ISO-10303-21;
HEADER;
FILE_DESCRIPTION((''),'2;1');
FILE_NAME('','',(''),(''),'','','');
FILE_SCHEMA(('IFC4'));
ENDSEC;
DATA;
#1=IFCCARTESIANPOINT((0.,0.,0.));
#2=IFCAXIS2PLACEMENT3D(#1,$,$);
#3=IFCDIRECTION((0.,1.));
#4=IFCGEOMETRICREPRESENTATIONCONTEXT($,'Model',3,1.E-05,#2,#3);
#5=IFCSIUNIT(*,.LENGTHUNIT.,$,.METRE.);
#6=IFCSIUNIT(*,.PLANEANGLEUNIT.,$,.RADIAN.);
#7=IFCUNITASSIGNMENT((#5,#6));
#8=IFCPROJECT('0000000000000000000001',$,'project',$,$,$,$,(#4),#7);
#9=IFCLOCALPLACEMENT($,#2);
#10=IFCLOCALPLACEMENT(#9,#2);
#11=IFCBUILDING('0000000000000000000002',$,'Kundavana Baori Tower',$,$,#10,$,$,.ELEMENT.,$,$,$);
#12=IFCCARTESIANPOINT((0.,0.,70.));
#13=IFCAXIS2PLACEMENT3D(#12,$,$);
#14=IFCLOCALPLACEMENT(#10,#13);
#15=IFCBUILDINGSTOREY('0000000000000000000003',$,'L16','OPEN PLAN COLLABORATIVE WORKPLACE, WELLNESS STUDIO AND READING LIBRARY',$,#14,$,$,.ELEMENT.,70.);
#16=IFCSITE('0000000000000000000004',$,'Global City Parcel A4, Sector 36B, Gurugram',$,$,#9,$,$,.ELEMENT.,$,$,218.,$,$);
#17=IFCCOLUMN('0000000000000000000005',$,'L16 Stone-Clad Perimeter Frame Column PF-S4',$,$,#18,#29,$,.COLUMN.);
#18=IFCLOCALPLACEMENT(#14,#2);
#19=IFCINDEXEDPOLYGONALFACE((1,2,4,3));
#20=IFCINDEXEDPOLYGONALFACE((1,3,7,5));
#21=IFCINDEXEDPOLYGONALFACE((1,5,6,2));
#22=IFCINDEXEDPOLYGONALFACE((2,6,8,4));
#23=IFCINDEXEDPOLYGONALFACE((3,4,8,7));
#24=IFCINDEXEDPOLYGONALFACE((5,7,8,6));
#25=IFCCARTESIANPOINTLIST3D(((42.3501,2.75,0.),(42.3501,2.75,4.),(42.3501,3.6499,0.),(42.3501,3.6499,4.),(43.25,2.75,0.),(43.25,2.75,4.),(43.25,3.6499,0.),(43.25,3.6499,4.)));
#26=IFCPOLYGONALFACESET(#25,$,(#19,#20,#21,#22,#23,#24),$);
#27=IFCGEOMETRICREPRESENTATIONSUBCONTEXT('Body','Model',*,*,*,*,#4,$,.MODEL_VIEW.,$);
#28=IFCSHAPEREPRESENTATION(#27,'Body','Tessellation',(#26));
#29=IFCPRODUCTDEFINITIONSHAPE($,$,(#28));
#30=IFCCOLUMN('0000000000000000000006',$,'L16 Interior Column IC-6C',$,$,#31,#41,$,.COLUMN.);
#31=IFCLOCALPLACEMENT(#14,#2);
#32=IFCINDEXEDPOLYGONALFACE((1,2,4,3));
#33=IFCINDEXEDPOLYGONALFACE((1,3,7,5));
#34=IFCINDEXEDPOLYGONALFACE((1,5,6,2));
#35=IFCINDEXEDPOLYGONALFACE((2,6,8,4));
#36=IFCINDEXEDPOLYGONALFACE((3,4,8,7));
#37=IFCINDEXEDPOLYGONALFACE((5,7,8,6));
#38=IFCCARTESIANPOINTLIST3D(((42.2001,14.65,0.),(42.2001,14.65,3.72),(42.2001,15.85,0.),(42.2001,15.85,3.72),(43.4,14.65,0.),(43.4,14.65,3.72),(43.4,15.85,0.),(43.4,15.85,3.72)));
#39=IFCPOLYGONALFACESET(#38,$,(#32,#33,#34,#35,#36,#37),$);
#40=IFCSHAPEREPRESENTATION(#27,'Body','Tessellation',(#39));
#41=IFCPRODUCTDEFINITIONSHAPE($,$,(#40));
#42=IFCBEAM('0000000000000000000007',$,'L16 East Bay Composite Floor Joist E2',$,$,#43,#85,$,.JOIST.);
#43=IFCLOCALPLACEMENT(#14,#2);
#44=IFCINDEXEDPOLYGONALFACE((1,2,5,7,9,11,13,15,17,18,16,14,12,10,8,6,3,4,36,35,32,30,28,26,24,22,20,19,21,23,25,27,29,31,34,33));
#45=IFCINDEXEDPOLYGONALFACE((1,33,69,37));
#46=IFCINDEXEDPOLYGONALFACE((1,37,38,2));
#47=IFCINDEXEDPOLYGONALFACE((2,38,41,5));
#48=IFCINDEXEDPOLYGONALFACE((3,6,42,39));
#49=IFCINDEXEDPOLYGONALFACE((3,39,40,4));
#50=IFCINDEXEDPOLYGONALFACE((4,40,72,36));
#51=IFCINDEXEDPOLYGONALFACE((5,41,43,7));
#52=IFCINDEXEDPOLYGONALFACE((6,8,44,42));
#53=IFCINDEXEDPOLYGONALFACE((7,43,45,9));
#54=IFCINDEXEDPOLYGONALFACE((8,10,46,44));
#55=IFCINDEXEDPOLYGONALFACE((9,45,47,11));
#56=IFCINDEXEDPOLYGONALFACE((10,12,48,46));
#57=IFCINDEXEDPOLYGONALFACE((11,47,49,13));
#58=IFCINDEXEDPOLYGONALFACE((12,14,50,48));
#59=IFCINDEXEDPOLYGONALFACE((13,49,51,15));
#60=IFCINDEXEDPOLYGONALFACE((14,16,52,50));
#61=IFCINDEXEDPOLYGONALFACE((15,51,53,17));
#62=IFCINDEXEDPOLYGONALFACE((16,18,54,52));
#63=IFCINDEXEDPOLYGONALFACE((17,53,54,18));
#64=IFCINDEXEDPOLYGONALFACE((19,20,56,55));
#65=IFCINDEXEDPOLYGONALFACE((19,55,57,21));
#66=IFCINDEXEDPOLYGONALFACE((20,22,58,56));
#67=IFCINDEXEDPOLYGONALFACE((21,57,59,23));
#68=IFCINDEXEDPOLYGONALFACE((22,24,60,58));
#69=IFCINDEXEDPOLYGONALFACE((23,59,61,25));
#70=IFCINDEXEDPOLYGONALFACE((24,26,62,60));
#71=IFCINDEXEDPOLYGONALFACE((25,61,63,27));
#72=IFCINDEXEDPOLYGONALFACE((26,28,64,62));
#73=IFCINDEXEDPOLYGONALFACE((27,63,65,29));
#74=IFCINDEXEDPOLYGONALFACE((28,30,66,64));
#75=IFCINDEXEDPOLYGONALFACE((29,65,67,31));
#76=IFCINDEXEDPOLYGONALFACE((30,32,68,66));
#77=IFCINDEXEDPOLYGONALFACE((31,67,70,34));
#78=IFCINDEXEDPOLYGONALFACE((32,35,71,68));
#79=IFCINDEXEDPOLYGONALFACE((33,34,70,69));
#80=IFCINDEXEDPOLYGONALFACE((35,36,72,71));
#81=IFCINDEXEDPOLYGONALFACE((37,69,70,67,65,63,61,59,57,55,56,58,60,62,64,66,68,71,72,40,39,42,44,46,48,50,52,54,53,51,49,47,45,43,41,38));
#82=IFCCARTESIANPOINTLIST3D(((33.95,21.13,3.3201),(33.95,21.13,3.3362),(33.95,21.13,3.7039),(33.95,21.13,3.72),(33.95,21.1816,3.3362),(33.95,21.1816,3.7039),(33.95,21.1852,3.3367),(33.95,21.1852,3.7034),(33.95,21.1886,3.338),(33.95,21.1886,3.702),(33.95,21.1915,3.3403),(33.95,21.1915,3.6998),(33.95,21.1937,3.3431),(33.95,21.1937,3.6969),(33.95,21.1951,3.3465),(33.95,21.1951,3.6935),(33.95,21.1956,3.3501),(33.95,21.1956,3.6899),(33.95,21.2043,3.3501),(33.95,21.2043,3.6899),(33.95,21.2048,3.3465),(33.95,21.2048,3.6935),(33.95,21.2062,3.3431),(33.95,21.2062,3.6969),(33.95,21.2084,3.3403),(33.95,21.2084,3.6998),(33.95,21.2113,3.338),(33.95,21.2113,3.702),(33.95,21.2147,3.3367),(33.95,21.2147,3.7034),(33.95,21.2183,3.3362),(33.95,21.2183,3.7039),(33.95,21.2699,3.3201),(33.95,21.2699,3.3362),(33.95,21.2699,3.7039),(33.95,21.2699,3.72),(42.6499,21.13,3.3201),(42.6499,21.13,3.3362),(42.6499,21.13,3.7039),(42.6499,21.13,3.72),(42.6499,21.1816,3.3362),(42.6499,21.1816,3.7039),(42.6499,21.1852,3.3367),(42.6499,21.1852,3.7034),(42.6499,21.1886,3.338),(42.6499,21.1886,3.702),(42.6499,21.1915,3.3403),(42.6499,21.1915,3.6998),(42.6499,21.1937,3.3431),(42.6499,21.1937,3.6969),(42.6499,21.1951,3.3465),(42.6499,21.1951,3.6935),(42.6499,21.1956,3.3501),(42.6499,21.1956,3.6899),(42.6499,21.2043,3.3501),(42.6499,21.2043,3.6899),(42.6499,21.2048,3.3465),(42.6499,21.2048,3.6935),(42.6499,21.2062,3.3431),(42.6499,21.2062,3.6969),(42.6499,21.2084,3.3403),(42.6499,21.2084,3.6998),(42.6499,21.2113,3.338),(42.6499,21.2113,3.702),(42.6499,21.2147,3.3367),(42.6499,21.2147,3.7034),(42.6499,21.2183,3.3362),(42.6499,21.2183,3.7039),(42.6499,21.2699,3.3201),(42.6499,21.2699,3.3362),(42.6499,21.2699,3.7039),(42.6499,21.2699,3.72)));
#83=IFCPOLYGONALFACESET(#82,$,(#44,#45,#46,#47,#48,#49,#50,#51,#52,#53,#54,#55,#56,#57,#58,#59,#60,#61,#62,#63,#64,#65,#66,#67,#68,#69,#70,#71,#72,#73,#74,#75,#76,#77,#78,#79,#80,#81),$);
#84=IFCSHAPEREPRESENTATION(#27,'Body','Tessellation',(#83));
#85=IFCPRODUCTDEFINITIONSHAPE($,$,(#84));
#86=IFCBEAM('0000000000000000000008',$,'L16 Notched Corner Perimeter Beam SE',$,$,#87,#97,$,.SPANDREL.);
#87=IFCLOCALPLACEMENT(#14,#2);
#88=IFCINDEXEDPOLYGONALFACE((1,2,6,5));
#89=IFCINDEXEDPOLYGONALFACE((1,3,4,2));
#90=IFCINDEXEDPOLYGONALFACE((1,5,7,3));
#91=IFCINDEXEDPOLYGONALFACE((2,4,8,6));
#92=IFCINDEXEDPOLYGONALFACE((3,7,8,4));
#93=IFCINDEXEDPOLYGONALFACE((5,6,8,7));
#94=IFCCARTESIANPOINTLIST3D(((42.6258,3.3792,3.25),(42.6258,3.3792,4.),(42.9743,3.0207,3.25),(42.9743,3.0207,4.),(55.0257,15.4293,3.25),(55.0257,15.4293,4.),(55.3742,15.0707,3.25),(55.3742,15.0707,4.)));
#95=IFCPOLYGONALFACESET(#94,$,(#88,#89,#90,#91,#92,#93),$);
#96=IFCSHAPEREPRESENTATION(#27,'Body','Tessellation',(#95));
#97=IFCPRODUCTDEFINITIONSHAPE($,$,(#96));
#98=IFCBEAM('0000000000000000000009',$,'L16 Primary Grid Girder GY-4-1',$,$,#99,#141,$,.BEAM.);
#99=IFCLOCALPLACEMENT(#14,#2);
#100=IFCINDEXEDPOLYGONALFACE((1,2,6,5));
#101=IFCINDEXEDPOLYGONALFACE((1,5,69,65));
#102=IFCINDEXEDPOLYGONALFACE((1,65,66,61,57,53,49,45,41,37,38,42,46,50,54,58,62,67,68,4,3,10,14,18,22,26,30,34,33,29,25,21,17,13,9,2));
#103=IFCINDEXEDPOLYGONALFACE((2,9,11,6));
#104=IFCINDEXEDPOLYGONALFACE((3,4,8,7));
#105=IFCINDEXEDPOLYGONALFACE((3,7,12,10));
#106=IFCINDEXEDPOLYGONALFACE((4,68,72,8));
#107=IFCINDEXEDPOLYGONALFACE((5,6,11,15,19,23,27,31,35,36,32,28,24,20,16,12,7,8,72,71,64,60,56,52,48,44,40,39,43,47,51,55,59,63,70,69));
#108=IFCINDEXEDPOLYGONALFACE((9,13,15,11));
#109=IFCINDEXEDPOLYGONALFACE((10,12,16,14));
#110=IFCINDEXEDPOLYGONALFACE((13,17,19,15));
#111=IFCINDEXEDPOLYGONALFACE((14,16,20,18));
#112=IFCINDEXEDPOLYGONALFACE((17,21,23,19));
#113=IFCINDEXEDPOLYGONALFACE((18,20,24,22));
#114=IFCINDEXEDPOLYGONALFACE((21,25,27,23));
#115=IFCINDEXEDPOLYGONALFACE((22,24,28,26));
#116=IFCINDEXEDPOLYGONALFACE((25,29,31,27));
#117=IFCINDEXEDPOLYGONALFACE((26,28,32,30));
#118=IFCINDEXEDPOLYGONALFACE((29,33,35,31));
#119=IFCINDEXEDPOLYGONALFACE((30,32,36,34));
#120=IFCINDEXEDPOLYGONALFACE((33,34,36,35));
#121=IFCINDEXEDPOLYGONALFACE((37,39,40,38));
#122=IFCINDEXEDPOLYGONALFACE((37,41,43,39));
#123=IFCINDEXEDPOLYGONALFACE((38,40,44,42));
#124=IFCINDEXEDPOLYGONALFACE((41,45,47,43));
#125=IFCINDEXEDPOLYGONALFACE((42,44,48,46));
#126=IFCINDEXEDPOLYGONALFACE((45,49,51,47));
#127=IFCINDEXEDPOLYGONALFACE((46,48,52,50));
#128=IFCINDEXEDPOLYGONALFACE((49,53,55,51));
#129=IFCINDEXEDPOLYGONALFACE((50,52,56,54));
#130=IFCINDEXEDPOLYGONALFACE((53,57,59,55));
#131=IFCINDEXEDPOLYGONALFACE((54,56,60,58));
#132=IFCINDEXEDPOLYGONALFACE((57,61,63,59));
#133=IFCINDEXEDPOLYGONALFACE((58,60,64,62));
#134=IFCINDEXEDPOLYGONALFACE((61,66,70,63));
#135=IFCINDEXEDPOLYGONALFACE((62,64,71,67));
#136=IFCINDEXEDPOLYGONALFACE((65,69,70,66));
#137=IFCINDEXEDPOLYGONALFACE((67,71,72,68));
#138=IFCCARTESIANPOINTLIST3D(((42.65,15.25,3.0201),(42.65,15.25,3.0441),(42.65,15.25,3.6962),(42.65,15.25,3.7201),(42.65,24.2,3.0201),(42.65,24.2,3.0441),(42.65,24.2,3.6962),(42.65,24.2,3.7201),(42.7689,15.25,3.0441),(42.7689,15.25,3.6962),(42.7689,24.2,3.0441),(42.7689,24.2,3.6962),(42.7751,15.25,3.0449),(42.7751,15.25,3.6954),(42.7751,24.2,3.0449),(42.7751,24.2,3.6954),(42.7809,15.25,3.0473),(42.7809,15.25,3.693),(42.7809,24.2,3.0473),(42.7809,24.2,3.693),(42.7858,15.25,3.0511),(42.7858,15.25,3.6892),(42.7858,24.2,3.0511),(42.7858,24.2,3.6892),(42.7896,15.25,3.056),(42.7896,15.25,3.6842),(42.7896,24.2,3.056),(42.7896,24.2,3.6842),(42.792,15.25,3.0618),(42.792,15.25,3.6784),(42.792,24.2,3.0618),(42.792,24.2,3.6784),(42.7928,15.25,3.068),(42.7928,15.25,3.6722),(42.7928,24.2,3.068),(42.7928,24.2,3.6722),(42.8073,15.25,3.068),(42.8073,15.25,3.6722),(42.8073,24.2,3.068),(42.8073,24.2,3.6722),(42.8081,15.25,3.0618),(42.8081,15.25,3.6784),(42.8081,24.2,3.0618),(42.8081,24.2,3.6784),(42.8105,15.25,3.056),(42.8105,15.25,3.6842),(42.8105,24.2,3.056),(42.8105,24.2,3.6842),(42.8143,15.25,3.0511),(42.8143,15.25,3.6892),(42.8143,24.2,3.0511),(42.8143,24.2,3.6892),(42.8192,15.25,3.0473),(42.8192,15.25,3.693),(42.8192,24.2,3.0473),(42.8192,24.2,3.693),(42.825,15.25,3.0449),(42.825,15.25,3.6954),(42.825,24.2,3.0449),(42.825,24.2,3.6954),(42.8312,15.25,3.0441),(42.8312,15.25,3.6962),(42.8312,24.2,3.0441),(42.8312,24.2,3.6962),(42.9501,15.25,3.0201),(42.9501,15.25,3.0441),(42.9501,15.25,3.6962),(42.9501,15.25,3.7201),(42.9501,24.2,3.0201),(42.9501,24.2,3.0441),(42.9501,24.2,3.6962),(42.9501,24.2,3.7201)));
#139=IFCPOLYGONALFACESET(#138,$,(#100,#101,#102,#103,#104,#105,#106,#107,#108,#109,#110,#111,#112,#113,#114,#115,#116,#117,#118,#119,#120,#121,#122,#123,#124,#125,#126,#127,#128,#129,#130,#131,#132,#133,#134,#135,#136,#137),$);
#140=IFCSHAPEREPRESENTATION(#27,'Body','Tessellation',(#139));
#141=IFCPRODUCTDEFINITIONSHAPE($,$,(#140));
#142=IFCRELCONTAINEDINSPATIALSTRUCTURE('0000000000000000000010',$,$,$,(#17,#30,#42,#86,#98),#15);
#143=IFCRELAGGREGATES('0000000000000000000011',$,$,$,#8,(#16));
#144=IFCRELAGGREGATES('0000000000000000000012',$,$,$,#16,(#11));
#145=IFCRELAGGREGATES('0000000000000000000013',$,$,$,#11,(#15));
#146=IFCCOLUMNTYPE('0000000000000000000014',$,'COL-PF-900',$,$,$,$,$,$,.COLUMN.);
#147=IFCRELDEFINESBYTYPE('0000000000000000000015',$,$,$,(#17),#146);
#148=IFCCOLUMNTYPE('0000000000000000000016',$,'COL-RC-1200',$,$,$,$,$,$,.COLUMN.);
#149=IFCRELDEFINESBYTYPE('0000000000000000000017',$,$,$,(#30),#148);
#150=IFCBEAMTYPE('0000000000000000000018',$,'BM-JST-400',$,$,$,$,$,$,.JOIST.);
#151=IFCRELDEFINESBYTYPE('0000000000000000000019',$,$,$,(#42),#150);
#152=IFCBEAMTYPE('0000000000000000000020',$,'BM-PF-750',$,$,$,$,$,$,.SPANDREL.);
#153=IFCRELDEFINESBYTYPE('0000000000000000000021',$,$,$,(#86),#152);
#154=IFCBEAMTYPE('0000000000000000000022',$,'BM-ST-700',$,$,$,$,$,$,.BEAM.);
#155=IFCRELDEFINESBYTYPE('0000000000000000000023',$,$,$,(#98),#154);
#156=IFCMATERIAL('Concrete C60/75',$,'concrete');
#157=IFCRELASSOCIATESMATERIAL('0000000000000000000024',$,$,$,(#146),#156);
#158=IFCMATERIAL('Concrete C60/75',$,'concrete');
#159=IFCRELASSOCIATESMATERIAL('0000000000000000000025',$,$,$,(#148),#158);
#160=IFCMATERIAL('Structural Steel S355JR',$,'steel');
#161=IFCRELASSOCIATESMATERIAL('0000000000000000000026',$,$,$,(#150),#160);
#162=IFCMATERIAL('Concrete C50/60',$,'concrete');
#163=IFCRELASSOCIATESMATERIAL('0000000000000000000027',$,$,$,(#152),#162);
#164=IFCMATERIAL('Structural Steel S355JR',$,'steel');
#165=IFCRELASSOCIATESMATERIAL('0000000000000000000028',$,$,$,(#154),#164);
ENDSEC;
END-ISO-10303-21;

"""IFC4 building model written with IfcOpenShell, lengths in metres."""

from ifc_helpers import new_model, si_unit, direction, frame, origin, origin_2d, place, context, subcontext, project, spatial, rectangle, i_section, extrude, material, material_profile, profile_set, type_object, element, save


model = new_model("IFC4")

# Units and contexts
model_context = context("Model", 3, precision=1e-05, world=origin(), true_north=direction((0.0, 1.0)))
body_context = subcontext(model_context, "Body", "Model", "MODEL_VIEW")
ifc_project = project(units=[si_unit("LENGTHUNIT", "METRE"), si_unit("PLANEANGLEUNIT", "RADIAN")], contexts=[model_context])

# Site, building, storey
site_placement = place(None, origin())
site = spatial("IfcSite", under=ifc_project, at=site_placement, Name="Global City Parcel A4, Sector 36B, Gurugram", CompositionType="ELEMENT", RefElevation=218.0)
building_placement = place(site_placement, origin())
building = spatial("IfcBuilding", under=site, at=building_placement, Name="Kundavana Baori Tower", CompositionType="ELEMENT")
storey_placement = place(building_placement, frame((0.0, 0.0, 70.0)))
storey = spatial("IfcBuildingStorey", under=building, at=storey_placement, Name="L16", Description="OPEN PLAN COLLABORATIVE WORKPLACE, WELLNESS STUDIO AND READING LIBRARY", CompositionType="ELEMENT", Elevation=70.0)

# Columns
ifc_material_1 = material(Name="Concrete C60/75", Category="concrete")
ifc_material_profile_1 = material_profile(ifc_material_1, rectangle(XDim=0.8999, YDim=0.8999, at=origin_2d()), Name="RC PF 900x900")
ifc_profile_set_1 = profile_set([ifc_material_profile_1], Name="Concrete C60/75")
column_type_1 = type_object("IfcColumnType", Name="COL-PF-900", PredefinedType="COLUMN", material=ifc_profile_set_1)
column_1_placement = place(storey_placement, frame((42.8, 3.2, 0.0), z_axis=(0.0, 0.0, 1.0), x_axis=(1.0, 0.0, 0.0)))
element("IfcColumn", 1, at=column_1_placement, inside=storey, type_object=column_type_1, Name="L16 Stone-Clad Perimeter Frame Column PF-S4", PredefinedType="COLUMN", context=body_context, shape_type="SweptSolid", body=[
    extrude(rectangle(XDim=0.8999, YDim=0.8999, at=origin_2d()), origin(), (0.0, 0.0, 1.0), 4.0),
])
ifc_material_2 = material(Name="Concrete C60/75", Category="concrete")
ifc_material_profile_2 = material_profile(ifc_material_2, rectangle(XDim=1.2, YDim=1.2, at=origin_2d()), Name="RC 1200x1200")
ifc_profile_set_2 = profile_set([ifc_material_profile_2], Name="Concrete C60/75")
column_type_2 = type_object("IfcColumnType", Name="COL-RC-1200", PredefinedType="COLUMN", material=ifc_profile_set_2)
column_2_placement = place(storey_placement, frame((42.8, 15.25, 0.0), z_axis=(0.0, 0.0, 1.0), x_axis=(1.0, 0.0, 0.0)))
element("IfcColumn", 2, at=column_2_placement, inside=storey, type_object=column_type_2, Name="L16 Interior Column IC-6C", PredefinedType="COLUMN", context=body_context, shape_type="SweptSolid", body=[
    extrude(rectangle(XDim=1.2, YDim=1.2, at=origin_2d()), origin(), (0.0, 0.0, 1.0), 3.72),
])

# Beams
ifc_material_3 = material(Name="Structural Steel S355JR", Category="steel")
ifc_material_profile_3 = material_profile(ifc_material_3, i_section(OverallWidth=0.1399, OverallDepth=0.3999, WebThickness=0.0088, FlangeThickness=0.0161, FilletRadius=0.0139, at=origin_2d()), Name="ISMB 400")
ifc_profile_set_3 = profile_set([ifc_material_profile_3], Name="Structural Steel S355JR")
beam_type_1 = type_object("IfcBeamType", Name="BM-JST-400", PredefinedType="JOIST", material=ifc_profile_set_3)
beam_1_placement = place(storey_placement, frame((33.95, 21.2, 3.52), z_axis=(1.0, 0.0, 0.0), x_axis=(0.0, 1.0, 0.0)))
element("IfcBeam", 3, at=beam_1_placement, inside=storey, type_object=beam_type_1, Name="L16 East Bay Composite Floor Joist E2", PredefinedType="JOIST", context=body_context, shape_type="SweptSolid", body=[
    extrude(i_section(OverallWidth=0.1399, OverallDepth=0.3999, WebThickness=0.0088, FlangeThickness=0.0161, FilletRadius=0.0139, at=origin_2d()), origin(), (0.0, 0.0, 1.0), 8.7),
])
ifc_material_4 = material(Name="Concrete C50/60", Category="concrete")
ifc_material_profile_4 = material_profile(ifc_material_4, rectangle(XDim=0.5, YDim=0.75, at=origin_2d()), Name="RC BM 500x750")
ifc_profile_set_4 = profile_set([ifc_material_profile_4], Name="Concrete C50/60")
beam_type_2 = type_object("IfcBeamType", Name="BM-PF-750", PredefinedType="SPANDREL", material=ifc_profile_set_4)
beam_2_placement = place(storey_placement, frame((42.8, 3.2, 3.625), z_axis=(0.717151, 0.696917, 0.0), x_axis=(-0.696917, 0.717151, 0.0)))
element("IfcBeam", 4, at=beam_2_placement, inside=storey, type_object=beam_type_2, Name="L16 Notched Corner Perimeter Beam SE", PredefinedType="SPANDREL", context=body_context, shape_type="SweptSolid", body=[
    extrude(rectangle(XDim=0.5, YDim=0.75, at=origin_2d()), origin(), (0.0, 0.0, 1.0), 17.2905),
])
ifc_material_5 = material(Name="Structural Steel S355JR", Category="steel")
ifc_material_profile_5 = material_profile(ifc_material_5, i_section(OverallWidth=0.3, OverallDepth=0.7, WebThickness=0.0144, FlangeThickness=0.0239, FilletRadius=0.0239, at=origin_2d()), Name="NPB 700x300x170")
ifc_profile_set_5 = profile_set([ifc_material_profile_5], Name="Structural Steel S355JR")
beam_type_3 = type_object("IfcBeamType", Name="BM-ST-700", PredefinedType="BEAM", material=ifc_profile_set_5)
beam_3_placement = place(storey_placement, frame((42.8, 15.25, 3.3701), z_axis=(0.0, 1.0, 0.0), x_axis=(-1.0, 0.0, 0.0)))
element("IfcBeam", 5, at=beam_3_placement, inside=storey, type_object=beam_type_3, Name="L16 Primary Grid Girder GY-4-1", PredefinedType="BEAM", context=body_context, shape_type="SweptSolid", body=[
    extrude(i_section(OverallWidth=0.3, OverallDepth=0.7, WebThickness=0.0144, FlangeThickness=0.0239, FilletRadius=0.0239, at=origin_2d()), origin(), (0.0, 0.0, 1.0), 8.95),
])

save(model, "model.ifc")
